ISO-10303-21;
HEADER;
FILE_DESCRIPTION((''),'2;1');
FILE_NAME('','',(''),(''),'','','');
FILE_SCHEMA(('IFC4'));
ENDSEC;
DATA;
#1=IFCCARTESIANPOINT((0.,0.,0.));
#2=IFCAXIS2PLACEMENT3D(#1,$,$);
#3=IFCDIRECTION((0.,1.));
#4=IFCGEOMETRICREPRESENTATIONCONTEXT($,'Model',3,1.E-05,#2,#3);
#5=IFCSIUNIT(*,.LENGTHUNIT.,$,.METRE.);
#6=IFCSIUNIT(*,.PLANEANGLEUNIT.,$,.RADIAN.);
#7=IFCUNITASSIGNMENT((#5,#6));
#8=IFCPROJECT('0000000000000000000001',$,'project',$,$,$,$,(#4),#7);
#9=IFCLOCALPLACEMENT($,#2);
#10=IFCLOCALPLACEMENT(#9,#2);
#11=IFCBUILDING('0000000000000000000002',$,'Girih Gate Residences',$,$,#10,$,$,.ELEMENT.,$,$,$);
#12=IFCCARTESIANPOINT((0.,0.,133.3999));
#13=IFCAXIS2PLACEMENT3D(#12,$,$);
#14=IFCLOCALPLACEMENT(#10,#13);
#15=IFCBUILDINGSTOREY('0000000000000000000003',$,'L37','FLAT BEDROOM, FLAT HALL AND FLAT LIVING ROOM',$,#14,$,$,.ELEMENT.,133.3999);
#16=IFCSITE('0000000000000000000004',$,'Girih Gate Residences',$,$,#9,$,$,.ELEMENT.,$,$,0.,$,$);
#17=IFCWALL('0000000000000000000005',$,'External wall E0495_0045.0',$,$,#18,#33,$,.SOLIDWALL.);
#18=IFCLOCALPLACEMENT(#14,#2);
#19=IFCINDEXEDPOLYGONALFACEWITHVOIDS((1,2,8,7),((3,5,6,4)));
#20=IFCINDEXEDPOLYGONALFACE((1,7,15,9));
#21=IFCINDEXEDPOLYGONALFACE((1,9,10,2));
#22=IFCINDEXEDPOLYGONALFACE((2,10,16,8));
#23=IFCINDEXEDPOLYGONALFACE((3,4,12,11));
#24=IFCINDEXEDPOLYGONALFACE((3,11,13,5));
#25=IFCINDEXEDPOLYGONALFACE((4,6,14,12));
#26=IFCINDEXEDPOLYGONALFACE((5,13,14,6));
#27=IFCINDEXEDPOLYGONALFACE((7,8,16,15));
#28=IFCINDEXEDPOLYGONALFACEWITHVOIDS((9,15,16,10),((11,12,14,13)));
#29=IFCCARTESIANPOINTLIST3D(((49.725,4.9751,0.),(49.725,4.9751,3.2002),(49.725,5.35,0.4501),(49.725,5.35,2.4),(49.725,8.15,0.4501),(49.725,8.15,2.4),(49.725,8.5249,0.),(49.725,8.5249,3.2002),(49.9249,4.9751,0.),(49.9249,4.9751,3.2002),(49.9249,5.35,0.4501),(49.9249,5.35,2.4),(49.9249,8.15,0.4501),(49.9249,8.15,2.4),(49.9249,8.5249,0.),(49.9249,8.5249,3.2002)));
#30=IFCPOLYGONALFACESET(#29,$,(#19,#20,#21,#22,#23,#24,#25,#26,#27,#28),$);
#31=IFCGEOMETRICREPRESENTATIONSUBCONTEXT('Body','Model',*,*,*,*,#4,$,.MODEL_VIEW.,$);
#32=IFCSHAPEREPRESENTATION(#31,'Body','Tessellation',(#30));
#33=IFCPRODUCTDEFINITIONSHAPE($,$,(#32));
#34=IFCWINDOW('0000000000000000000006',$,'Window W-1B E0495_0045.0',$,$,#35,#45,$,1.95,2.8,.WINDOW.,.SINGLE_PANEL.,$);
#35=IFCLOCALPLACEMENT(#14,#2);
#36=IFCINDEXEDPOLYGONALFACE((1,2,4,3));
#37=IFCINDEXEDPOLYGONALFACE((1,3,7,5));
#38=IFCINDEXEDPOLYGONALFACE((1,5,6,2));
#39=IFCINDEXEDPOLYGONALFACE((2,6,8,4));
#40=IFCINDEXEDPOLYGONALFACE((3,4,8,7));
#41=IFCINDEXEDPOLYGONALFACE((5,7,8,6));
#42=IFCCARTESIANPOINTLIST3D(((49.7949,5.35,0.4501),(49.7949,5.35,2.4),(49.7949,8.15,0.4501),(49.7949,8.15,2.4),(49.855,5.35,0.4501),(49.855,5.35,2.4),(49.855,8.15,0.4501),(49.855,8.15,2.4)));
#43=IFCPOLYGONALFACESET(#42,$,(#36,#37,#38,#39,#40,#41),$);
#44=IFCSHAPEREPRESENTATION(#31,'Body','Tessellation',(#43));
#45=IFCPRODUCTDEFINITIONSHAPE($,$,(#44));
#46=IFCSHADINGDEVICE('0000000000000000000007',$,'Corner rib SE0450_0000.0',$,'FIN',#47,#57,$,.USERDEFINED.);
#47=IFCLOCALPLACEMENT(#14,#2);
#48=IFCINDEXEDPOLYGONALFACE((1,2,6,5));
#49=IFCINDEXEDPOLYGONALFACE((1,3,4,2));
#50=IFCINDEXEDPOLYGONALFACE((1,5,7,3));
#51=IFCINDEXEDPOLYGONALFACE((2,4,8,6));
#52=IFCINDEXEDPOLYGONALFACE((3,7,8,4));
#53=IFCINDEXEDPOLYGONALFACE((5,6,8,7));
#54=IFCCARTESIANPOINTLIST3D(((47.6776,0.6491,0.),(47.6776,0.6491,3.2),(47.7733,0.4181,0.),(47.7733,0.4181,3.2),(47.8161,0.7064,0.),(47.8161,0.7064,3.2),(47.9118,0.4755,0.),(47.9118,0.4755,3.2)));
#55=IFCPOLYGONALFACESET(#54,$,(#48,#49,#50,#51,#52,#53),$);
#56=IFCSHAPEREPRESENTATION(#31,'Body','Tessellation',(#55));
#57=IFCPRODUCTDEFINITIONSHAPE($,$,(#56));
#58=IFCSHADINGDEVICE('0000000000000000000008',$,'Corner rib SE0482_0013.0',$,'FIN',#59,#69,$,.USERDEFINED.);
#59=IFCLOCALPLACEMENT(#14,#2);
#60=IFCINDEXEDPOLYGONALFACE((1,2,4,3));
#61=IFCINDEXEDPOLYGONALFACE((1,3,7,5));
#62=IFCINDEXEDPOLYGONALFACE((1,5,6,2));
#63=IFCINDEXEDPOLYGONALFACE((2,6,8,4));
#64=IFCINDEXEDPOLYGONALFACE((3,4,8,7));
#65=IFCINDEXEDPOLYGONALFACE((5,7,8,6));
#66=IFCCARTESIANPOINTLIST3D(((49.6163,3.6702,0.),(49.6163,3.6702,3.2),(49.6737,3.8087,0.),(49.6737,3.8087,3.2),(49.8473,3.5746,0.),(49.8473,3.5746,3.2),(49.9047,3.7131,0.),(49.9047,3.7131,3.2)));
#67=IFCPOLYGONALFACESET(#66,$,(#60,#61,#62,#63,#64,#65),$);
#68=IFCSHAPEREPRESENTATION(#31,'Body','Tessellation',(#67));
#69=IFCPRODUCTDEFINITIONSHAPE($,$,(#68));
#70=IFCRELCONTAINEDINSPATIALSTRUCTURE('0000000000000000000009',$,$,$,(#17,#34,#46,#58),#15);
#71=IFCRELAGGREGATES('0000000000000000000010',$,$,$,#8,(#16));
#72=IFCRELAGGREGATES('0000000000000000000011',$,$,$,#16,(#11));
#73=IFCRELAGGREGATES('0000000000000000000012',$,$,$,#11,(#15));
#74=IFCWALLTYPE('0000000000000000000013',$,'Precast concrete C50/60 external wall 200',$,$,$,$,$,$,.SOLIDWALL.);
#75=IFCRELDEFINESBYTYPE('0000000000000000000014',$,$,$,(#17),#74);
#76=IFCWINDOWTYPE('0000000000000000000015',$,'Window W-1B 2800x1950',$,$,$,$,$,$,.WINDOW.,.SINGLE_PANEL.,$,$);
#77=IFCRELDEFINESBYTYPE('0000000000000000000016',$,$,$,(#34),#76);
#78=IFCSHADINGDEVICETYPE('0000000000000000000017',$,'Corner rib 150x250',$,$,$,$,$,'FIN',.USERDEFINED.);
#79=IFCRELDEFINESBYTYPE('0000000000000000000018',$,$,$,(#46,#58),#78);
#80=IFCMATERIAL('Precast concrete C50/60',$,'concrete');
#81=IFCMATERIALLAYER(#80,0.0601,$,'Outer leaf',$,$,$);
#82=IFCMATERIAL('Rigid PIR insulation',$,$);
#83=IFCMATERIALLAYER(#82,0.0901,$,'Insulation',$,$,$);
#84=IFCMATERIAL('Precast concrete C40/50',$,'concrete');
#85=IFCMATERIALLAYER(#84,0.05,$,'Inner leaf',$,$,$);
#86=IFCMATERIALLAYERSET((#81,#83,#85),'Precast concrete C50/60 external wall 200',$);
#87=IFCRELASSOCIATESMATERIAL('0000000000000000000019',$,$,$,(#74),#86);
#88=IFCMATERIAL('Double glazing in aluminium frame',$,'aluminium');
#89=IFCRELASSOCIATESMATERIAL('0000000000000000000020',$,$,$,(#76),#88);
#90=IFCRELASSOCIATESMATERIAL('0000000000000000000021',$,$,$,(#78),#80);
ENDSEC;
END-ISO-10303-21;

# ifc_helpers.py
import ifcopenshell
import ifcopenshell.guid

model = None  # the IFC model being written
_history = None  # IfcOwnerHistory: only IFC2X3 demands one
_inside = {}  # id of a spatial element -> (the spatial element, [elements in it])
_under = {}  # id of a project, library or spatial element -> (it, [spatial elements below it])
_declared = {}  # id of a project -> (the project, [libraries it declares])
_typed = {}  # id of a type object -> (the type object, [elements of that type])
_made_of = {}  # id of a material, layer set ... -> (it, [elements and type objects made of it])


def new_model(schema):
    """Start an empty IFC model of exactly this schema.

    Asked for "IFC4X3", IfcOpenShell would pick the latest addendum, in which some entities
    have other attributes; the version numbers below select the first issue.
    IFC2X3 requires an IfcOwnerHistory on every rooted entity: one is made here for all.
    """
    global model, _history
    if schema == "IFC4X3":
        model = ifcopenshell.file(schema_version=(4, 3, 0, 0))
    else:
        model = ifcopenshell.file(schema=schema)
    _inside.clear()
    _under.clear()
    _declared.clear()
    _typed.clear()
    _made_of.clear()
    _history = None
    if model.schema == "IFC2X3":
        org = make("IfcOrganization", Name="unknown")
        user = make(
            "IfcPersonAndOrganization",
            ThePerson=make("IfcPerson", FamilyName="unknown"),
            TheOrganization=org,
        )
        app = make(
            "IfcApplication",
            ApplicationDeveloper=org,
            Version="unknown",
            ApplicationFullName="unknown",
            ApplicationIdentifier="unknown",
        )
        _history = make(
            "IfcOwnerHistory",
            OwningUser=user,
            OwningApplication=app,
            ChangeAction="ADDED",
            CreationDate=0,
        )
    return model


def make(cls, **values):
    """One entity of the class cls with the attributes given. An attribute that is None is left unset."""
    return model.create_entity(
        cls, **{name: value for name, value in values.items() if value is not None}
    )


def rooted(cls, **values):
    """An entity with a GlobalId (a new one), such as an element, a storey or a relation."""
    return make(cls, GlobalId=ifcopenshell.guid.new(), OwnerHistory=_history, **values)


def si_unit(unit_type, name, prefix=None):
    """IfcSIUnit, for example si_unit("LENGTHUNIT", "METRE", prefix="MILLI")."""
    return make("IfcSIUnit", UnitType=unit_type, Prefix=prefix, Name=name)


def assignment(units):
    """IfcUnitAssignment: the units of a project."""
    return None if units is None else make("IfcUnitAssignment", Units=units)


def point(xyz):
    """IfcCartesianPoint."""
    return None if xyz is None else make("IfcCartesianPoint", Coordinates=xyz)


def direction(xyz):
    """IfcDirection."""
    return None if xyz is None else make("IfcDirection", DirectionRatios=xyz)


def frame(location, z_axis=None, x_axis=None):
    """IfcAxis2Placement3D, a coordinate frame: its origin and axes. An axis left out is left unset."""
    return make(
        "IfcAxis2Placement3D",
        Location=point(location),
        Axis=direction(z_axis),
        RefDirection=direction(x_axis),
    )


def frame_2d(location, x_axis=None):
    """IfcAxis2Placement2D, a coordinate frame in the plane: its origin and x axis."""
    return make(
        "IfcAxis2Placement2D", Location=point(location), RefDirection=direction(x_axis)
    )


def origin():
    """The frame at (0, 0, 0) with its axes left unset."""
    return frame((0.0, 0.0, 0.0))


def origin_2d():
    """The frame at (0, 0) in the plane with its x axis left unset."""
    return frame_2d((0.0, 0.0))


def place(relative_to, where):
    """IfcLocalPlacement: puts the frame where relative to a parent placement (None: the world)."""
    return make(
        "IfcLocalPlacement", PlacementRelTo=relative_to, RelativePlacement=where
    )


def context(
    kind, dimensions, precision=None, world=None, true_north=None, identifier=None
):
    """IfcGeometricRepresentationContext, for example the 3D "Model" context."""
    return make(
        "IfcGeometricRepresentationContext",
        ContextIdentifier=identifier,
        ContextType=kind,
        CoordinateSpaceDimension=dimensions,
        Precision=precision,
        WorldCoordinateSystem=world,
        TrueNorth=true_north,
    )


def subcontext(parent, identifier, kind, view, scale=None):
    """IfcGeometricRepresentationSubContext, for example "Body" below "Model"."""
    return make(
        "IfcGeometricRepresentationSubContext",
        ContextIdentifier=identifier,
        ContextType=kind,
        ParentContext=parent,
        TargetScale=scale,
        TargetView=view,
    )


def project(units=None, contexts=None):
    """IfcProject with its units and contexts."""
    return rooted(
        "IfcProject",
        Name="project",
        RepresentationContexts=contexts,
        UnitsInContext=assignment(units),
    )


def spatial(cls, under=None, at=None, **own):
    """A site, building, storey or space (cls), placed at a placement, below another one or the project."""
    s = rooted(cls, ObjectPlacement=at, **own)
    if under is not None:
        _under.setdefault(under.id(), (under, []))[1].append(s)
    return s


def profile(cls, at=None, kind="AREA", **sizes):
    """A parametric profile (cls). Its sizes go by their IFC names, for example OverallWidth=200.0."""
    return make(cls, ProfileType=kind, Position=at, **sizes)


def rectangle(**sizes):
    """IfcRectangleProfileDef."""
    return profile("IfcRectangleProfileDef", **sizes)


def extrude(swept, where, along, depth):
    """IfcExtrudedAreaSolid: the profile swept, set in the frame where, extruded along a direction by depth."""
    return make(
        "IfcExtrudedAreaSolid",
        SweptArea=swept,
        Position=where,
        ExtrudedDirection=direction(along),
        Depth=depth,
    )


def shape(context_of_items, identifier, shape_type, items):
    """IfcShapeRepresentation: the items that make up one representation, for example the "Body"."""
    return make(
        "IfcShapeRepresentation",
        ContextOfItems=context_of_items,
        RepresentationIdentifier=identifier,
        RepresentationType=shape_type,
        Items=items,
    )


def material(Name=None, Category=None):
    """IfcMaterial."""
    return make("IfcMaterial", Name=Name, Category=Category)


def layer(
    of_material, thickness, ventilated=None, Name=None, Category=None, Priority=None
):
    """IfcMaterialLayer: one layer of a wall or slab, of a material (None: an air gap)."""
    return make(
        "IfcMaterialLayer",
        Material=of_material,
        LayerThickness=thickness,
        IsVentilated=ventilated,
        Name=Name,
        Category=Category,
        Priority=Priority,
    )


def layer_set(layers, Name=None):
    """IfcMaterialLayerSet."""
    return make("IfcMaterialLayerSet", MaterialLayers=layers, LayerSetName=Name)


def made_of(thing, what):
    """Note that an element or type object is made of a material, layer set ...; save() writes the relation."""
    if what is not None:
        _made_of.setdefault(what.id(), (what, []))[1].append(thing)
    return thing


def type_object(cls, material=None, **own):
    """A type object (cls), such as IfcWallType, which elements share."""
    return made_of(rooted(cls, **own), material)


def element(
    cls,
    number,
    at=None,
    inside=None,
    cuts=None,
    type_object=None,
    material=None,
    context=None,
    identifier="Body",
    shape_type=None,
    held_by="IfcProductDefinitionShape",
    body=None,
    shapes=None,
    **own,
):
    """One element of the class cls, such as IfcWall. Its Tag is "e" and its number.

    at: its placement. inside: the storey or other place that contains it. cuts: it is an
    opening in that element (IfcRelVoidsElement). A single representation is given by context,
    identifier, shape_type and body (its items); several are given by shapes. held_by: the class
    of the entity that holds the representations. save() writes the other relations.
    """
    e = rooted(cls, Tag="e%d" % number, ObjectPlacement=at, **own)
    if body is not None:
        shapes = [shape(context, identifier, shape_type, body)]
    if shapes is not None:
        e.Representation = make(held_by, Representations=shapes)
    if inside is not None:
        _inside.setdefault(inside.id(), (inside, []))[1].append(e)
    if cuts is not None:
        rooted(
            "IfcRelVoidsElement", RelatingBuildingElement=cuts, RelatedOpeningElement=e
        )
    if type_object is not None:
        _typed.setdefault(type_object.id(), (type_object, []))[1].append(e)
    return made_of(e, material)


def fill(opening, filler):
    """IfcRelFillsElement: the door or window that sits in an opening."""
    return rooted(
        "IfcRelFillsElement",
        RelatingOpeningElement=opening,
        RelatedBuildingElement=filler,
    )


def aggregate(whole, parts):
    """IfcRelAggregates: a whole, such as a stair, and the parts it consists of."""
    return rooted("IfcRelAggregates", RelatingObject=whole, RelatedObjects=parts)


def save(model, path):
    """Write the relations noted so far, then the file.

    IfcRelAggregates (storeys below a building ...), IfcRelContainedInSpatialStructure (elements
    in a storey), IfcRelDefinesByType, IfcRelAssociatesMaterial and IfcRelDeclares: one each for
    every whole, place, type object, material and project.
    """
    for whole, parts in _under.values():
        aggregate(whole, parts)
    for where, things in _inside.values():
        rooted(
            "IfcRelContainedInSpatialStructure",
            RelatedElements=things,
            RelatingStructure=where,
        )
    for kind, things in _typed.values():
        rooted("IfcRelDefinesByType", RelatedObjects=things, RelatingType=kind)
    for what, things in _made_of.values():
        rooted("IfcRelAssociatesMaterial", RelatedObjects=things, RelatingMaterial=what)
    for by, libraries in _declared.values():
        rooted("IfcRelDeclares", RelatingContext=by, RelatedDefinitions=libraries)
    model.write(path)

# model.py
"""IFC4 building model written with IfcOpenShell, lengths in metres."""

from ifc_helpers import new_model, si_unit, direction, frame, frame_2d, origin, origin_2d, place, context, subcontext, project, spatial, rectangle, extrude, material, layer, layer_set, type_object, element, fill, save


model = new_model("IFC4")

# Units and contexts
model_context = context("Model", 3, precision=1e-05, world=origin(), true_north=direction((0.0, 1.0)))
body_context = subcontext(model_context, "Body", "Model", "MODEL_VIEW")
ifc_project = project(units=[si_unit("LENGTHUNIT", "METRE"), si_unit("PLANEANGLEUNIT", "RADIAN")], contexts=[model_context])

# Site, building, storey
site_placement = place(None, origin())
site = spatial("IfcSite", under=ifc_project, at=site_placement, Name="Girih Gate Residences", CompositionType="ELEMENT", RefElevation=0.0)
building_placement = place(site_placement, origin())
building = spatial("IfcBuilding", under=site, at=building_placement, Name="Girih Gate Residences", CompositionType="ELEMENT")
storey_placement = place(building_placement, frame((0.0, 0.0, 133.3999)))
storey = spatial("IfcBuildingStorey", under=building, at=storey_placement, Name="L37", Description="FLAT BEDROOM, FLAT HALL AND FLAT LIVING ROOM", CompositionType="ELEMENT", Elevation=133.3999)

# Wall, opening, window
ifc_material_1 = material(Name="Precast concrete C50/60", Category="concrete")
ifc_layer_1 = layer(ifc_material_1, 0.0601, Name="Outer leaf")
ifc_material_2 = material(Name="Rigid PIR insulation")
ifc_layer_2 = layer(ifc_material_2, 0.0901, Name="Insulation")
ifc_material_3 = material(Name="Precast concrete C40/50", Category="concrete")
ifc_layer_3 = layer(ifc_material_3, 0.05, Name="Inner leaf")
ifc_layer_set_1 = layer_set([ifc_layer_1, ifc_layer_2, ifc_layer_3], Name="Precast concrete C50/60 external wall 200")
wall_type_1 = type_object("IfcWallType", Name="Precast concrete C50/60 external wall 200", PredefinedType="SOLIDWALL", material=ifc_layer_set_1)
ifc_material_4 = material(Name="Double glazing in aluminium frame", Category="aluminium")
wall_1_placement = place(storey_placement, frame((49.825, 8.5249, 0.0), z_axis=(0.0, 0.0, 1.0), x_axis=(0.0, -1.0, 0.0)))
wall_1 = element("IfcWall", 1, at=wall_1_placement, inside=storey, type_object=wall_type_1, Name="External wall E0495_0045.0", PredefinedType="SOLIDWALL", context=body_context, shape_type="SweptSolid", body=[
    extrude(rectangle(XDim=3.5498, YDim=0.2, at=frame_2d((1.7749, 0.0))), origin(), (0.0, 0.0, 1.0), 3.2002),
])
opening_1_placement = place(wall_1_placement, frame((0.375, 0.0, 0.45)))
opening_1 = element("IfcOpeningElement", 2, at=opening_1_placement, cuts=wall_1, PredefinedType="OPENING", context=body_context, shape_type="SweptSolid", body=[
    extrude(rectangle(XDim=2.8, YDim=1.95, at=frame_2d((1.3999, 0.9751))), frame((0.0, 0.1099, 0.0), z_axis=(0.0, -1.0, 0.0), x_axis=(1.0, 0.0, 0.0)), (0.0, 0.0, 1.0), 0.22),
])
window_type_1 = type_object("IfcWindowType", Name="Window W-1B 2800x1950", PartitioningType="SINGLE_PANEL", PredefinedType="WINDOW", material=ifc_material_4)
window_1_placement = place(opening_1_placement, origin())
window_1 = element("IfcWindow", 3, at=window_1_placement, inside=storey, type_object=window_type_1, Name="Window W-1B E0495_0045.0", OverallHeight=1.95, OverallWidth=2.8, PartitioningType="SINGLE_PANEL", PredefinedType="WINDOW", context=body_context, shape_type="SweptSolid", body=[
    extrude(rectangle(XDim=2.8, YDim=1.95, at=frame_2d((1.3999, 0.9751))), frame((0.0, 0.03, 0.0), z_axis=(0.0, -1.0, 0.0), x_axis=(1.0, 0.0, 0.0)), (0.0, 0.0, 1.0), 0.0601),
])
fill(opening_1, window_1)

# Shading devices
shading_device_type = type_object("IfcShadingDeviceType", Name="Corner rib 150x250", ElementType="FIN", PredefinedType="USERDEFINED", material=ifc_material_1)
for number, where, z_axis, x_axis, name in (
    (4, (47.7947, 0.5623, 0.0), (0.0, 0.0, 1.0), (0.92388, 0.382683, 0.0), "Corner rib SE0450_0000.0"),
    (5, (49.7605, 3.6917, 0.0), (0.0, 0.0, 1.0), (0.382683, 0.92388, 0.0), "Corner rib SE0482_0013.0"),
):
    element("IfcShadingDevice", number, at=place(storey_placement, frame(where, z_axis=z_axis, x_axis=x_axis)), inside=storey, type_object=shading_device_type, Name=name, ObjectType="FIN", PredefinedType="USERDEFINED", context=body_context, shape_type="SweptSolid", body=[
        extrude(rectangle(XDim=0.1499, YDim=0.25, at=origin_2d()), origin(), (0.0, 0.0, 1.0), 3.2),
    ])

save(model, "model.ifc")
